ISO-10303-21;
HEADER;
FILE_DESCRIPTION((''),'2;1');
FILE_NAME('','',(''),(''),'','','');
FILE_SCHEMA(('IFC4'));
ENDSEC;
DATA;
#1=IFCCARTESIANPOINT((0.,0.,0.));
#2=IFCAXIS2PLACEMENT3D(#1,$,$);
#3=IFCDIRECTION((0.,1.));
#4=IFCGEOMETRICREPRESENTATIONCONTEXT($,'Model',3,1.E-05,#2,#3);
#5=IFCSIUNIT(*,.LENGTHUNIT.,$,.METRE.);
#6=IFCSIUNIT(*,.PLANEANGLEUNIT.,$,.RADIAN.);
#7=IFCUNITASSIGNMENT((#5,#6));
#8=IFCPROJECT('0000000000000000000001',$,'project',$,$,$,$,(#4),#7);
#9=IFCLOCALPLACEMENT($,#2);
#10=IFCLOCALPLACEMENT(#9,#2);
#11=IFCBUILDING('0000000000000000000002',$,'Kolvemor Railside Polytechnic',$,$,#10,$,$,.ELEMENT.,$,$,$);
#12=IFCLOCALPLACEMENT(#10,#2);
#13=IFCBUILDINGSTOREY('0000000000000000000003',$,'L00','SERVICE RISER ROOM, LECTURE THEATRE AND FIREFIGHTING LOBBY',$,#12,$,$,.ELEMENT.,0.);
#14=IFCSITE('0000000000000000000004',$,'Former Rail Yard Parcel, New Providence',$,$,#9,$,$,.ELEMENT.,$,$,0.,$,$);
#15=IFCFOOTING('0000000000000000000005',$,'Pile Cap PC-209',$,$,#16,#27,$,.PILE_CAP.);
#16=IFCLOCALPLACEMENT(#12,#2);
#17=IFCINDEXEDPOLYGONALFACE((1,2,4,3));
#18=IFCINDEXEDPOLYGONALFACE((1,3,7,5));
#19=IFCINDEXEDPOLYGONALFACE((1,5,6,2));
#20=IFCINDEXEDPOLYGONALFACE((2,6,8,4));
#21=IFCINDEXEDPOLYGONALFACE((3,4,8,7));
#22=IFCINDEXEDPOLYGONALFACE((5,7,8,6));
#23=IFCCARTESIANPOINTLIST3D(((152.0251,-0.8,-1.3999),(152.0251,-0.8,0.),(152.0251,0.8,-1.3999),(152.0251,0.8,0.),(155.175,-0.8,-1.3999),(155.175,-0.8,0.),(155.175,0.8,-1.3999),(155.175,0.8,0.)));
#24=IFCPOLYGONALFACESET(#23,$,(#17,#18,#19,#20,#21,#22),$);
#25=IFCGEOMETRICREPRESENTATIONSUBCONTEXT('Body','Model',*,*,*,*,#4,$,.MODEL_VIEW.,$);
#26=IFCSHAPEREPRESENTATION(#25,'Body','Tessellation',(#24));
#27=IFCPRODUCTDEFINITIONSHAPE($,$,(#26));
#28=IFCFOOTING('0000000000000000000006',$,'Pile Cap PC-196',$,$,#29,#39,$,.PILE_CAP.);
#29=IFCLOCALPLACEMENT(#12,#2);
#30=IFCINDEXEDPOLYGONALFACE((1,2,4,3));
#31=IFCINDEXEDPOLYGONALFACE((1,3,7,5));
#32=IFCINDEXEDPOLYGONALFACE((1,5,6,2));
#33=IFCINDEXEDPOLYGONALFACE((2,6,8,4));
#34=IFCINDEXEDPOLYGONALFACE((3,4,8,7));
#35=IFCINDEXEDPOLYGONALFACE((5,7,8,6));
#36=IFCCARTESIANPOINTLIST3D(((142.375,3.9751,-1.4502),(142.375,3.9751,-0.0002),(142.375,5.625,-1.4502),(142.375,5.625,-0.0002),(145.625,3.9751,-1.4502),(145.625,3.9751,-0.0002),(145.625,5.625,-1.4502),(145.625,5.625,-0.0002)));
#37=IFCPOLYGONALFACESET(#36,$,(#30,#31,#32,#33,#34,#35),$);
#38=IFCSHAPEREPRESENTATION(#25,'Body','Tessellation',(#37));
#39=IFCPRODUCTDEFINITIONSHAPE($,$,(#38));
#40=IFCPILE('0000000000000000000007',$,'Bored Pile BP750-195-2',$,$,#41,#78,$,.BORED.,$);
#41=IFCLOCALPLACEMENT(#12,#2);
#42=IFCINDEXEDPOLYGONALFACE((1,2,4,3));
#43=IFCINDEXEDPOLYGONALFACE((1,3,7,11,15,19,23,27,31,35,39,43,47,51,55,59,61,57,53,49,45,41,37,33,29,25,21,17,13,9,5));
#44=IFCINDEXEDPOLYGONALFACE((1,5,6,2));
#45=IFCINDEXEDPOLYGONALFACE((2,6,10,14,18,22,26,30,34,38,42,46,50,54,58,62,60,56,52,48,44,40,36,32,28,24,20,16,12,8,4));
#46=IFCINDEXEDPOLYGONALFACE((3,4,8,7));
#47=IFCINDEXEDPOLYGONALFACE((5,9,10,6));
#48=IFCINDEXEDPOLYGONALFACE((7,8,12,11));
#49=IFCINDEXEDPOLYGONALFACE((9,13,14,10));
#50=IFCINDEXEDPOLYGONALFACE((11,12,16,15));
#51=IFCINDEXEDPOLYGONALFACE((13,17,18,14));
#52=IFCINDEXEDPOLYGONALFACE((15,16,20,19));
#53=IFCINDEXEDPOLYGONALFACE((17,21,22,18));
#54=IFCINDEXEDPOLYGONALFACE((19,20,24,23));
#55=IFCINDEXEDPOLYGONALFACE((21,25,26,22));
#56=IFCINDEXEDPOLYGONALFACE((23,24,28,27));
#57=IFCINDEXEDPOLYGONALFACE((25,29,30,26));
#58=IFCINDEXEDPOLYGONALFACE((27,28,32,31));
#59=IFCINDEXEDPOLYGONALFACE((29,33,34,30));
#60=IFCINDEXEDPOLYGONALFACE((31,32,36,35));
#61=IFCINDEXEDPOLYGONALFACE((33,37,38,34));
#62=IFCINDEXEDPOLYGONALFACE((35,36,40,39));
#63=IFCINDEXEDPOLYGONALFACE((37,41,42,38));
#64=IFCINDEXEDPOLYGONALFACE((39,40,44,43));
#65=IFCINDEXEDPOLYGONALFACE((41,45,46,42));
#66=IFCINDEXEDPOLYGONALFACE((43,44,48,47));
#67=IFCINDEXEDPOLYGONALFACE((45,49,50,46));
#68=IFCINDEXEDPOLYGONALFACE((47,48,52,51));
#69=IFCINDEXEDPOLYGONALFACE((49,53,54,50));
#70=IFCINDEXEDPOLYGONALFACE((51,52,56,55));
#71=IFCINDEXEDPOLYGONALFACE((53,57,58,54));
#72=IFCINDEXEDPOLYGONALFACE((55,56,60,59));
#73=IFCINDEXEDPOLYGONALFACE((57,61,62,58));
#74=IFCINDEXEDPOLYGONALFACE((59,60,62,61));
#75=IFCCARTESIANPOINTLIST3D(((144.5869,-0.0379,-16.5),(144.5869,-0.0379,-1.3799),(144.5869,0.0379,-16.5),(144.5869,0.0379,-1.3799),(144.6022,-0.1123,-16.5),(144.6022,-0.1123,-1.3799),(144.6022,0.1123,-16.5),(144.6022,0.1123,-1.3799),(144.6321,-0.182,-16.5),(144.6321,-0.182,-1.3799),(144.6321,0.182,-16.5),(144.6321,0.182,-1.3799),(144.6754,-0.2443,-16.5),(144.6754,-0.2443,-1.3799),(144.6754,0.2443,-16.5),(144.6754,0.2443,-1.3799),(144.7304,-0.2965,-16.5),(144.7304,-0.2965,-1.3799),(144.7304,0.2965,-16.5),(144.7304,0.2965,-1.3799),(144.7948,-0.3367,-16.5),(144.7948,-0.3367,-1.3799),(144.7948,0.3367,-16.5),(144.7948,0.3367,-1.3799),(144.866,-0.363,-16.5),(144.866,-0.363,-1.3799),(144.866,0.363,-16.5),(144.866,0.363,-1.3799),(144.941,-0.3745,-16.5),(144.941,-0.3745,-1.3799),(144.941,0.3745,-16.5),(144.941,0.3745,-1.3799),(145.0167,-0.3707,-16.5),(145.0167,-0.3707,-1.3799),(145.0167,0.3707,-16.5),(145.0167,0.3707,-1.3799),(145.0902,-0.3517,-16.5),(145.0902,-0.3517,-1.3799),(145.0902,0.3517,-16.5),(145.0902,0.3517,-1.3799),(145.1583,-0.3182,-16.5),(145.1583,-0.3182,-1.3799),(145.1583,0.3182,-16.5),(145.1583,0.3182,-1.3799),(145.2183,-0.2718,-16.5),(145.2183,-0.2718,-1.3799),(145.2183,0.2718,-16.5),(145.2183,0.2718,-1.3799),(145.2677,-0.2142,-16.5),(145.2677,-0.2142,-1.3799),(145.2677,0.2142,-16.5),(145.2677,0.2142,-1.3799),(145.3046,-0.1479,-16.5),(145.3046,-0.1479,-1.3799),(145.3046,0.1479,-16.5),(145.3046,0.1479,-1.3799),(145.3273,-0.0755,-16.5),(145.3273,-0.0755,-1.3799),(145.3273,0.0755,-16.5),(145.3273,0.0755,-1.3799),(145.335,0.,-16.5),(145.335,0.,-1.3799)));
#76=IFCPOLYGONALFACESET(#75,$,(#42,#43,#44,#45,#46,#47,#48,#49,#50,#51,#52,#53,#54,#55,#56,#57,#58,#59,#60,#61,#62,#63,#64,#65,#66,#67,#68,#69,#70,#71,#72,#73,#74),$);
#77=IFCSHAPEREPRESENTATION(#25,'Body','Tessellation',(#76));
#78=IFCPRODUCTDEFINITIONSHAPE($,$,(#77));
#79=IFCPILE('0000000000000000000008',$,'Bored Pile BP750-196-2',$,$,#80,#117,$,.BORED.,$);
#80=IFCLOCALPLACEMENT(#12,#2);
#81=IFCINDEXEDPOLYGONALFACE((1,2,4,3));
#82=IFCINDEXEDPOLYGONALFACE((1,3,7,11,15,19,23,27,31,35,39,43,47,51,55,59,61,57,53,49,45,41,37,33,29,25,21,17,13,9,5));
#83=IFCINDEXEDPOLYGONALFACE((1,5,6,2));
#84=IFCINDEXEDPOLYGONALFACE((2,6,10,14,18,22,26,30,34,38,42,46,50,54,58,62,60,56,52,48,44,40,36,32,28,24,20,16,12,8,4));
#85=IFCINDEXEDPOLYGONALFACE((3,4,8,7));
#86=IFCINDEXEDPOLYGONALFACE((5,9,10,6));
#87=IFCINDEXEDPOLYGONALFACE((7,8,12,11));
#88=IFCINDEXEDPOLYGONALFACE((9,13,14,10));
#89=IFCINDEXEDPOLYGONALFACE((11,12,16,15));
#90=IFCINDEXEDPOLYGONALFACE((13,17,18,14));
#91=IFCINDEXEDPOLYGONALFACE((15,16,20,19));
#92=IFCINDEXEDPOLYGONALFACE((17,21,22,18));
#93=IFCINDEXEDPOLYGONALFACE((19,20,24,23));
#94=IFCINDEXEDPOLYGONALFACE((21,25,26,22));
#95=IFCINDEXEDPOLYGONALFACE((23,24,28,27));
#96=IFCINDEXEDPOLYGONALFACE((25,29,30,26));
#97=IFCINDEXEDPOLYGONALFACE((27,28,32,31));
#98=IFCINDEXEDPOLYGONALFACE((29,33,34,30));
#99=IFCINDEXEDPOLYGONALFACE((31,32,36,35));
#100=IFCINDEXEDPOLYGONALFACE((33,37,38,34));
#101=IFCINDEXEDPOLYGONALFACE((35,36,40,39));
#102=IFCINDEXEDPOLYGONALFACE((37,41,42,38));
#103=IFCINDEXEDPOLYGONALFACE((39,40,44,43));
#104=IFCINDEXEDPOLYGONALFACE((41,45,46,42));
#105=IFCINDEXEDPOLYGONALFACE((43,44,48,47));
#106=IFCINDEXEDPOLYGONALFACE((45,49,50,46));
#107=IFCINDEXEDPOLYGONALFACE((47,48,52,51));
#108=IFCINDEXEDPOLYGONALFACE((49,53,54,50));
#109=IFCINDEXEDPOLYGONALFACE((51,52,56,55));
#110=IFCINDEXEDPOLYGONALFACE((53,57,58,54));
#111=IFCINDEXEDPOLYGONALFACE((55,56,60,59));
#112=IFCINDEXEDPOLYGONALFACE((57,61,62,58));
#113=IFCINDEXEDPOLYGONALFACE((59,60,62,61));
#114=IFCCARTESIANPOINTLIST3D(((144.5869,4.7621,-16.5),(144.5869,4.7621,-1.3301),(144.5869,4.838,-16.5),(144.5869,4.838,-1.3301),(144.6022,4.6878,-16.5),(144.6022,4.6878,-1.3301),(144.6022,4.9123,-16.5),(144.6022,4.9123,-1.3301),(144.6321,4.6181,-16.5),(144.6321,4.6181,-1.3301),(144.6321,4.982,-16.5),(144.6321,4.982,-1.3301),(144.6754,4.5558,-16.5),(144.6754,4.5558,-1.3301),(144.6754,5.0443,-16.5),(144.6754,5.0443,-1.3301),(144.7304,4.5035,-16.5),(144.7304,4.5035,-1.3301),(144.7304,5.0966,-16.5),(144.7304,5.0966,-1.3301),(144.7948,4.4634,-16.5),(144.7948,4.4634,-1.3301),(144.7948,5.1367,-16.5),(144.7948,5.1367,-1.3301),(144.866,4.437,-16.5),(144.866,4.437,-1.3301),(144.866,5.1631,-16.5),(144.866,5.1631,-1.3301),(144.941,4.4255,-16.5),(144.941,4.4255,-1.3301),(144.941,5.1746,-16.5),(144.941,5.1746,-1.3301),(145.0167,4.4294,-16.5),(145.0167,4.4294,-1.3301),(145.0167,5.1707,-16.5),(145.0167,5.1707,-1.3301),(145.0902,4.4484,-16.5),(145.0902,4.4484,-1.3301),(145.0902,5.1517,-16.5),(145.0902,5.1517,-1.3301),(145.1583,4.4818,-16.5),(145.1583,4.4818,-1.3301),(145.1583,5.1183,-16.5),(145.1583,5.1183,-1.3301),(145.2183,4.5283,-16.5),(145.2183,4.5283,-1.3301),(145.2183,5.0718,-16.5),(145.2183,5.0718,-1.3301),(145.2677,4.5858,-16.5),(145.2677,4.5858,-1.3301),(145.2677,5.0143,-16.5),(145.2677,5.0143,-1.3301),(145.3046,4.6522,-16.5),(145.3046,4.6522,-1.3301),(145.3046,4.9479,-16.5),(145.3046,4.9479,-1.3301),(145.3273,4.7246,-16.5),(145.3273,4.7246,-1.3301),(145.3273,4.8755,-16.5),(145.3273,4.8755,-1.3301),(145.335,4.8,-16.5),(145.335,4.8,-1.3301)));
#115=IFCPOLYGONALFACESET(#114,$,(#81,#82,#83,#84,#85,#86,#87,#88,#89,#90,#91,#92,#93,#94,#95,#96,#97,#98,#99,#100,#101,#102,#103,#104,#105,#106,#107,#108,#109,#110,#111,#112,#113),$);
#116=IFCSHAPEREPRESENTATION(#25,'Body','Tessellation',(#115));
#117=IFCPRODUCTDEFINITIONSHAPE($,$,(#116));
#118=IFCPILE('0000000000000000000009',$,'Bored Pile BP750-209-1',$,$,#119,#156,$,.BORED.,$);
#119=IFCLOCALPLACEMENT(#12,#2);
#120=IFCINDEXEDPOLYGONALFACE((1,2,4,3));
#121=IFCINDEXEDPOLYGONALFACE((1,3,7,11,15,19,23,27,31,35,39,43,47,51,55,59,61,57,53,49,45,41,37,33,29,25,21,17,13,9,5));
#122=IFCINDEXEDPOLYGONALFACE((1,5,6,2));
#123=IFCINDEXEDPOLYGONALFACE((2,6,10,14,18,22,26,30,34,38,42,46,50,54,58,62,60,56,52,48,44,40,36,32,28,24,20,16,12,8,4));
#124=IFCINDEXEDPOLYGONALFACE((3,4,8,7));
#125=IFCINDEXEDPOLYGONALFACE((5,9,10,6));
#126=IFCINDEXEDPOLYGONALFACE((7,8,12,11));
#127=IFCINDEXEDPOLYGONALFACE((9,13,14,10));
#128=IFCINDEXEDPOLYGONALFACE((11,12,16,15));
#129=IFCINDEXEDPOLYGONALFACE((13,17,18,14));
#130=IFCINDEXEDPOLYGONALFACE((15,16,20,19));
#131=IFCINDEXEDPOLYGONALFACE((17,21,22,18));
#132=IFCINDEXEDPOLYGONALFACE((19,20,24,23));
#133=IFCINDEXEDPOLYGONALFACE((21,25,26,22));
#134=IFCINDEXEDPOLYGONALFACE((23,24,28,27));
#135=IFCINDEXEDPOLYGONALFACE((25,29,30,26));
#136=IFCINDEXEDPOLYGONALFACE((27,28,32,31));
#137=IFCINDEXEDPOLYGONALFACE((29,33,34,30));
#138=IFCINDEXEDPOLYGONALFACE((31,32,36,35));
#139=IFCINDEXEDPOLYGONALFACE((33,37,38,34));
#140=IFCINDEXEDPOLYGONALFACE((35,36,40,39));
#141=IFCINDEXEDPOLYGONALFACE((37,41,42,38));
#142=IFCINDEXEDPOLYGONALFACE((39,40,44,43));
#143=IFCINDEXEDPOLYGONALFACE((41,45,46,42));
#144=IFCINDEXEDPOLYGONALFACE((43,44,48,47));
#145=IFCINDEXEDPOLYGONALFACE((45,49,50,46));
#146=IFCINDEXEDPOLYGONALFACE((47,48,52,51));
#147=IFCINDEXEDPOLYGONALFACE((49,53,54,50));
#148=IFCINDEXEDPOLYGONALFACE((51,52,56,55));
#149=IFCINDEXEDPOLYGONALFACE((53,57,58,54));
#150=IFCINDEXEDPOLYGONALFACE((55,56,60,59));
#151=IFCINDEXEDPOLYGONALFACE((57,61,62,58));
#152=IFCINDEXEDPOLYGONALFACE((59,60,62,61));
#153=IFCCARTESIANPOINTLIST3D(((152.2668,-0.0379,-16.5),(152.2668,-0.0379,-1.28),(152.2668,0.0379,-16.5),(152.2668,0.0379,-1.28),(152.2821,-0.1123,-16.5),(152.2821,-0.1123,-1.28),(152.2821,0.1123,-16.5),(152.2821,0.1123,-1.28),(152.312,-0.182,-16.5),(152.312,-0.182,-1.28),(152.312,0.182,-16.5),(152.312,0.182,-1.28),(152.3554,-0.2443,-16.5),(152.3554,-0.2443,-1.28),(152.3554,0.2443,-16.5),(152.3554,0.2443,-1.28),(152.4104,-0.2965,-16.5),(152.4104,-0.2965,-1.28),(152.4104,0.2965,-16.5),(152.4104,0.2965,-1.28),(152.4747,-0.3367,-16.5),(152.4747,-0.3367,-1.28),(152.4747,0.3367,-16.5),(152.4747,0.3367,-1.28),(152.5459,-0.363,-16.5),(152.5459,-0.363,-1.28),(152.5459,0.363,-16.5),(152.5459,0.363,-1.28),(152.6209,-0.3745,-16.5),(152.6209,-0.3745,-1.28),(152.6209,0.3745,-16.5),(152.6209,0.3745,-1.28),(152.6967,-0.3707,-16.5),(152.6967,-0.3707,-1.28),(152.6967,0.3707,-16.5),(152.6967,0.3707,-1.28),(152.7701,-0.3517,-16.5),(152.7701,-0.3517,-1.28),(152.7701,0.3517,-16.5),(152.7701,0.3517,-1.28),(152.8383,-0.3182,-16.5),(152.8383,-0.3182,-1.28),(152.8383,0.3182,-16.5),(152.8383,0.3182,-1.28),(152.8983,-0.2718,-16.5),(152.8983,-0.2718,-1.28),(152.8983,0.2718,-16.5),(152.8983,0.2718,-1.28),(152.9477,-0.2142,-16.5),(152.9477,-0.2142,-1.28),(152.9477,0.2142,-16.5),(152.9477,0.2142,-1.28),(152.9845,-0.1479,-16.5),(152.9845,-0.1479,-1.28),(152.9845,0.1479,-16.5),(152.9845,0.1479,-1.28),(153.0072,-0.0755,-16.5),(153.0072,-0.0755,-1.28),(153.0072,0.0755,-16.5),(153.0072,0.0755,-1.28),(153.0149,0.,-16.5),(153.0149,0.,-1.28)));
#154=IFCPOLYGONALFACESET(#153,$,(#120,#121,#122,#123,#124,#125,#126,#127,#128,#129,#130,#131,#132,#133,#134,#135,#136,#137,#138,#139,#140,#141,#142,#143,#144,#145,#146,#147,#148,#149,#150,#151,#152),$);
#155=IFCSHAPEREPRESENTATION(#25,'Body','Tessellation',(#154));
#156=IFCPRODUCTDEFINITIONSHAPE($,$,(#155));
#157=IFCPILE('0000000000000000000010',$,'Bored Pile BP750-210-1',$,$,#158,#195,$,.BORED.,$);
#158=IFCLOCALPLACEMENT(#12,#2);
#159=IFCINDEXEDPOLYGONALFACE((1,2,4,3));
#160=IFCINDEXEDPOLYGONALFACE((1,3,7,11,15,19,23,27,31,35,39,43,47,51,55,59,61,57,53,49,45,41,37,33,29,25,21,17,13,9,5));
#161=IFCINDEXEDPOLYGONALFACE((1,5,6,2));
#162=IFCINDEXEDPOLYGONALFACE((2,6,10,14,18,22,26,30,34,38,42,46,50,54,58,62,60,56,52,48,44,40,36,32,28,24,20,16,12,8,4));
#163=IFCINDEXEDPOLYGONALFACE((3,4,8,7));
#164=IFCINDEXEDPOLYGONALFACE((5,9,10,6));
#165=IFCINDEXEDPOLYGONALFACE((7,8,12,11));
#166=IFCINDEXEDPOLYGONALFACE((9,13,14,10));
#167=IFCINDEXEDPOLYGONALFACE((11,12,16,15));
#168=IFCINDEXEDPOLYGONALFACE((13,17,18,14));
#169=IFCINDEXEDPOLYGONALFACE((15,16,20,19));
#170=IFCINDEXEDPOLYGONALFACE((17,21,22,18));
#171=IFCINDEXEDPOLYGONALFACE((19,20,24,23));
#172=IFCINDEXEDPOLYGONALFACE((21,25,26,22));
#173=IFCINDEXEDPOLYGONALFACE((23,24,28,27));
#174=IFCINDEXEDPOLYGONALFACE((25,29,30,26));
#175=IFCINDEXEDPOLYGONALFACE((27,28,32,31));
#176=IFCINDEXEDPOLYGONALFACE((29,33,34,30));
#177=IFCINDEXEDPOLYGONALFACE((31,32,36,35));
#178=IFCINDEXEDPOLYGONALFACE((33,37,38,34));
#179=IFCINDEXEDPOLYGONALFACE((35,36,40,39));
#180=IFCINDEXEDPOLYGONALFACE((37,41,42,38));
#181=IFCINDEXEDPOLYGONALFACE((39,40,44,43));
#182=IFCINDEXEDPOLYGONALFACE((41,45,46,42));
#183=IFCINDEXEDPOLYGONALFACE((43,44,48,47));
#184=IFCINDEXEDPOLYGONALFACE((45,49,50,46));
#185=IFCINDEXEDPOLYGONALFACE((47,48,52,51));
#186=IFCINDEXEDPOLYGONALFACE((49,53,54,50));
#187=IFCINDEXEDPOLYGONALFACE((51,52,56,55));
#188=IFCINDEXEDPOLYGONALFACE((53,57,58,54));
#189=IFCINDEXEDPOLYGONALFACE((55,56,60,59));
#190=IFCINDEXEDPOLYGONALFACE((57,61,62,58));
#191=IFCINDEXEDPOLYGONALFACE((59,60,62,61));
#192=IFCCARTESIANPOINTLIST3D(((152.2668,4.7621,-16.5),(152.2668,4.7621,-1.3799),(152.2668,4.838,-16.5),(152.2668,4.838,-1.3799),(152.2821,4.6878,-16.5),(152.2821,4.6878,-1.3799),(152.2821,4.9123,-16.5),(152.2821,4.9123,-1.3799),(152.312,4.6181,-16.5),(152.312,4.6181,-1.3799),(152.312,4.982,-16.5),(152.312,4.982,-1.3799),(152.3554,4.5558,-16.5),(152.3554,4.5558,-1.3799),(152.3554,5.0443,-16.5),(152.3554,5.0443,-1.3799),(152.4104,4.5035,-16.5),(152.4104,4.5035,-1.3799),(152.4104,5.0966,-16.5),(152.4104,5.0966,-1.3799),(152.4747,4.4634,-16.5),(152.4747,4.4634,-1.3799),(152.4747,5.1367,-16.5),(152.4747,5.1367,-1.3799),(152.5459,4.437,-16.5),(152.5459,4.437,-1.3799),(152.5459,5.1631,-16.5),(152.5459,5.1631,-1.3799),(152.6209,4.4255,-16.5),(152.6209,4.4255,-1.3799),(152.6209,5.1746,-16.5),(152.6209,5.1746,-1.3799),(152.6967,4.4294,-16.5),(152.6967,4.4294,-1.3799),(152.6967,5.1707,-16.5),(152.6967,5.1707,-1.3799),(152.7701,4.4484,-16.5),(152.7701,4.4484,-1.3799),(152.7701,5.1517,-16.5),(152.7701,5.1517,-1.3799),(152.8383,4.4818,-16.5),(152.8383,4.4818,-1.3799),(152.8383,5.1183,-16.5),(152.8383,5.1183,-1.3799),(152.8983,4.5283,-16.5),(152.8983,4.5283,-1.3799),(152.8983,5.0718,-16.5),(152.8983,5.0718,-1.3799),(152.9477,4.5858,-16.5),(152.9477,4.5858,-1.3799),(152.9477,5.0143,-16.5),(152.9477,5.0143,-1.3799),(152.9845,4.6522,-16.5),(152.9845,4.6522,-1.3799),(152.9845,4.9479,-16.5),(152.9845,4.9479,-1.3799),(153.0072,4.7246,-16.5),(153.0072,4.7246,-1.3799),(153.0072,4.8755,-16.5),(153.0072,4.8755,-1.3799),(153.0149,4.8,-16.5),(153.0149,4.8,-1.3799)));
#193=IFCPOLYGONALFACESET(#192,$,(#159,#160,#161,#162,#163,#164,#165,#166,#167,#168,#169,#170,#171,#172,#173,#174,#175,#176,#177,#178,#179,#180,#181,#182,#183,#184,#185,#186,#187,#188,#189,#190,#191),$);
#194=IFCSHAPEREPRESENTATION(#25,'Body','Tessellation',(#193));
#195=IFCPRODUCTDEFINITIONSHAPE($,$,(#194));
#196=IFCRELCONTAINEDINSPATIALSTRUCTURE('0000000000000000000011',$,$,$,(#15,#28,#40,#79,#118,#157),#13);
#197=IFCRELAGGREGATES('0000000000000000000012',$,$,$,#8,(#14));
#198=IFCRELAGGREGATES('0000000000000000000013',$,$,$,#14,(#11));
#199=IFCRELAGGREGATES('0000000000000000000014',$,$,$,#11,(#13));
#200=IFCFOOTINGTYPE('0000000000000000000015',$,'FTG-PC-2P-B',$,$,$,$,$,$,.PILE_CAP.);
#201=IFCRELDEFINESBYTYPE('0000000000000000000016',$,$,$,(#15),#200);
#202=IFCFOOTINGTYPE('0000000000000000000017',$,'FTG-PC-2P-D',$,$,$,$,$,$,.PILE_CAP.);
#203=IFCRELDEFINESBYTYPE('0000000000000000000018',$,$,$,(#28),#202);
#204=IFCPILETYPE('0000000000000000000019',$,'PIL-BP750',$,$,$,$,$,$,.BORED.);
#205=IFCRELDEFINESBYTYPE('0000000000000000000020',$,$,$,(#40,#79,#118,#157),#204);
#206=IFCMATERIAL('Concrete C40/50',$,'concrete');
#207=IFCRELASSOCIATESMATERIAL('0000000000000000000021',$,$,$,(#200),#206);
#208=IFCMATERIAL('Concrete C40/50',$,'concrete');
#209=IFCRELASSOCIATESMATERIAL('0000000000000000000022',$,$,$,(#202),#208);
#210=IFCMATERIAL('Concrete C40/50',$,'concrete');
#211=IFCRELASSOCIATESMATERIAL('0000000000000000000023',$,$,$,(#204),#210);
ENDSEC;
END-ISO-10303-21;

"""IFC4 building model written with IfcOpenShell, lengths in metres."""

from ifc_helpers import new_model, si_unit, direction, frame, origin, origin_2d, place, context, subcontext, project, spatial, rectangle, circle, extrude, material, material_profile, profile_set, type_object, element, save


model = new_model("IFC4")

# Units and contexts
model_context = context("Model", 3, precision=1e-05, world=origin(), true_north=direction((0.0, 1.0)))
body_context = subcontext(model_context, "Body", "Model", "MODEL_VIEW")
ifc_project = project(units=[si_unit("LENGTHUNIT", "METRE"), si_unit("PLANEANGLEUNIT", "RADIAN")], contexts=[model_context])

# Site, building, storey
site_placement = place(None, origin())
site = spatial("IfcSite", under=ifc_project, at=site_placement, Name="Former Rail Yard Parcel, New Providence", CompositionType="ELEMENT", RefElevation=0.0)
building_placement = place(site_placement, origin())
building = spatial("IfcBuilding", under=site, at=building_placement, Name="Kolvemor Railside Polytechnic", CompositionType="ELEMENT")
storey_placement = place(building_placement, origin())
storey = spatial("IfcBuildingStorey", under=building, at=storey_placement, Name="L00", Description="SERVICE RISER ROOM, LECTURE THEATRE AND FIREFIGHTING LOBBY", CompositionType="ELEMENT", Elevation=0.0)

# Footings
ifc_material_1 = material(Name="Concrete C40/50", Category="concrete")
footing_type_1 = type_object("IfcFootingType", Name="FTG-PC-2P-B", PredefinedType="PILE_CAP", material=ifc_material_1)
footing_1_placement = place(storey_placement, frame((153.6001, 0.0, -1.3999), z_axis=(0.0, 0.0, 1.0), x_axis=(1.0, 0.0, 0.0)))
element("IfcFooting", 1, at=footing_1_placement, inside=storey, type_object=footing_type_1, Name="Pile Cap PC-209", PredefinedType="PILE_CAP", context=body_context, shape_type="SweptSolid", body=[
    extrude(rectangle(XDim=3.1499, YDim=1.6001, at=origin_2d()), origin(), (0.0, 0.0, 1.0), 1.3999),
])
ifc_material_2 = material(Name="Concrete C40/50", Category="concrete")
footing_type_2 = type_object("IfcFootingType", Name="FTG-PC-2P-D", PredefinedType="PILE_CAP", material=ifc_material_2)
footing_2_placement = place(storey_placement, frame((144.0, 4.8, -1.4502), z_axis=(0.0, 0.0, 1.0), x_axis=(1.0, 0.0, 0.0)))
element("IfcFooting", 2, at=footing_2_placement, inside=storey, type_object=footing_type_2, Name="Pile Cap PC-196", PredefinedType="PILE_CAP", context=body_context, shape_type="SweptSolid", body=[
    extrude(rectangle(XDim=3.25, YDim=1.6499, at=origin_2d()), origin(), (0.0, 0.0, 1.0), 1.45),
])

# Piles
ifc_material_3 = material(Name="Concrete C40/50", Category="concrete")
ifc_material_profile_1 = material_profile(ifc_material_3, circle(Radius=0.375, at=origin_2d()), Name="BP750")
ifc_profile_set_1 = profile_set([ifc_material_profile_1], Name="Concrete C40/50")
pile_type = type_object("IfcPileType", Name="PIL-BP750", PredefinedType="BORED", material=ifc_profile_set_1)
pile_1_placement = place(storey_placement, frame((144.96, 0.0, -1.3799), z_axis=(0.0, 0.0, -1.0), x_axis=(1.0, 0.0, 0.0)))
element("IfcPile", 3, at=pile_1_placement, inside=storey, type_object=pile_type, Name="Bored Pile BP750-195-2", PredefinedType="BORED", context=body_context, shape_type="SweptSolid", body=[
    extrude(circle(Radius=0.375, at=origin_2d()), origin(), (0.0, 0.0, 1.0), 15.1201),
])
pile_2_placement = place(storey_placement, frame((144.96, 4.8, -1.3301), z_axis=(0.0, 0.0, -1.0), x_axis=(1.0, 0.0, 0.0)))
element("IfcPile", 4, at=pile_2_placement, inside=storey, type_object=pile_type, Name="Bored Pile BP750-196-2", PredefinedType="BORED", context=body_context, shape_type="SweptSolid", body=[
    extrude(circle(Radius=0.375, at=origin_2d()), origin(), (0.0, 0.0, 1.0), 15.1699),
])
pile_3_placement = place(storey_placement, frame((152.6399, 0.0, -1.28), z_axis=(0.0, 0.0, -1.0), x_axis=(1.0, 0.0, 0.0)))
element("IfcPile", 5, at=pile_3_placement, inside=storey, type_object=pile_type, Name="Bored Pile BP750-209-1", PredefinedType="BORED", context=body_context, shape_type="SweptSolid", body=[
    extrude(circle(Radius=0.375, at=origin_2d()), origin(), (0.0, 0.0, 1.0), 15.22),
])
pile_4_placement = place(storey_placement, frame((152.6399, 4.8, -1.3799), z_axis=(0.0, 0.0, -1.0), x_axis=(1.0, 0.0, 0.0)))
element("IfcPile", 6, at=pile_4_placement, inside=storey, type_object=pile_type, Name="Bored Pile BP750-210-1", PredefinedType="BORED", context=body_context, shape_type="SweptSolid", body=[
    extrude(circle(Radius=0.375, at=origin_2d()), origin(), (0.0, 0.0, 1.0), 15.1201),
])

save(model, "model.ifc")
